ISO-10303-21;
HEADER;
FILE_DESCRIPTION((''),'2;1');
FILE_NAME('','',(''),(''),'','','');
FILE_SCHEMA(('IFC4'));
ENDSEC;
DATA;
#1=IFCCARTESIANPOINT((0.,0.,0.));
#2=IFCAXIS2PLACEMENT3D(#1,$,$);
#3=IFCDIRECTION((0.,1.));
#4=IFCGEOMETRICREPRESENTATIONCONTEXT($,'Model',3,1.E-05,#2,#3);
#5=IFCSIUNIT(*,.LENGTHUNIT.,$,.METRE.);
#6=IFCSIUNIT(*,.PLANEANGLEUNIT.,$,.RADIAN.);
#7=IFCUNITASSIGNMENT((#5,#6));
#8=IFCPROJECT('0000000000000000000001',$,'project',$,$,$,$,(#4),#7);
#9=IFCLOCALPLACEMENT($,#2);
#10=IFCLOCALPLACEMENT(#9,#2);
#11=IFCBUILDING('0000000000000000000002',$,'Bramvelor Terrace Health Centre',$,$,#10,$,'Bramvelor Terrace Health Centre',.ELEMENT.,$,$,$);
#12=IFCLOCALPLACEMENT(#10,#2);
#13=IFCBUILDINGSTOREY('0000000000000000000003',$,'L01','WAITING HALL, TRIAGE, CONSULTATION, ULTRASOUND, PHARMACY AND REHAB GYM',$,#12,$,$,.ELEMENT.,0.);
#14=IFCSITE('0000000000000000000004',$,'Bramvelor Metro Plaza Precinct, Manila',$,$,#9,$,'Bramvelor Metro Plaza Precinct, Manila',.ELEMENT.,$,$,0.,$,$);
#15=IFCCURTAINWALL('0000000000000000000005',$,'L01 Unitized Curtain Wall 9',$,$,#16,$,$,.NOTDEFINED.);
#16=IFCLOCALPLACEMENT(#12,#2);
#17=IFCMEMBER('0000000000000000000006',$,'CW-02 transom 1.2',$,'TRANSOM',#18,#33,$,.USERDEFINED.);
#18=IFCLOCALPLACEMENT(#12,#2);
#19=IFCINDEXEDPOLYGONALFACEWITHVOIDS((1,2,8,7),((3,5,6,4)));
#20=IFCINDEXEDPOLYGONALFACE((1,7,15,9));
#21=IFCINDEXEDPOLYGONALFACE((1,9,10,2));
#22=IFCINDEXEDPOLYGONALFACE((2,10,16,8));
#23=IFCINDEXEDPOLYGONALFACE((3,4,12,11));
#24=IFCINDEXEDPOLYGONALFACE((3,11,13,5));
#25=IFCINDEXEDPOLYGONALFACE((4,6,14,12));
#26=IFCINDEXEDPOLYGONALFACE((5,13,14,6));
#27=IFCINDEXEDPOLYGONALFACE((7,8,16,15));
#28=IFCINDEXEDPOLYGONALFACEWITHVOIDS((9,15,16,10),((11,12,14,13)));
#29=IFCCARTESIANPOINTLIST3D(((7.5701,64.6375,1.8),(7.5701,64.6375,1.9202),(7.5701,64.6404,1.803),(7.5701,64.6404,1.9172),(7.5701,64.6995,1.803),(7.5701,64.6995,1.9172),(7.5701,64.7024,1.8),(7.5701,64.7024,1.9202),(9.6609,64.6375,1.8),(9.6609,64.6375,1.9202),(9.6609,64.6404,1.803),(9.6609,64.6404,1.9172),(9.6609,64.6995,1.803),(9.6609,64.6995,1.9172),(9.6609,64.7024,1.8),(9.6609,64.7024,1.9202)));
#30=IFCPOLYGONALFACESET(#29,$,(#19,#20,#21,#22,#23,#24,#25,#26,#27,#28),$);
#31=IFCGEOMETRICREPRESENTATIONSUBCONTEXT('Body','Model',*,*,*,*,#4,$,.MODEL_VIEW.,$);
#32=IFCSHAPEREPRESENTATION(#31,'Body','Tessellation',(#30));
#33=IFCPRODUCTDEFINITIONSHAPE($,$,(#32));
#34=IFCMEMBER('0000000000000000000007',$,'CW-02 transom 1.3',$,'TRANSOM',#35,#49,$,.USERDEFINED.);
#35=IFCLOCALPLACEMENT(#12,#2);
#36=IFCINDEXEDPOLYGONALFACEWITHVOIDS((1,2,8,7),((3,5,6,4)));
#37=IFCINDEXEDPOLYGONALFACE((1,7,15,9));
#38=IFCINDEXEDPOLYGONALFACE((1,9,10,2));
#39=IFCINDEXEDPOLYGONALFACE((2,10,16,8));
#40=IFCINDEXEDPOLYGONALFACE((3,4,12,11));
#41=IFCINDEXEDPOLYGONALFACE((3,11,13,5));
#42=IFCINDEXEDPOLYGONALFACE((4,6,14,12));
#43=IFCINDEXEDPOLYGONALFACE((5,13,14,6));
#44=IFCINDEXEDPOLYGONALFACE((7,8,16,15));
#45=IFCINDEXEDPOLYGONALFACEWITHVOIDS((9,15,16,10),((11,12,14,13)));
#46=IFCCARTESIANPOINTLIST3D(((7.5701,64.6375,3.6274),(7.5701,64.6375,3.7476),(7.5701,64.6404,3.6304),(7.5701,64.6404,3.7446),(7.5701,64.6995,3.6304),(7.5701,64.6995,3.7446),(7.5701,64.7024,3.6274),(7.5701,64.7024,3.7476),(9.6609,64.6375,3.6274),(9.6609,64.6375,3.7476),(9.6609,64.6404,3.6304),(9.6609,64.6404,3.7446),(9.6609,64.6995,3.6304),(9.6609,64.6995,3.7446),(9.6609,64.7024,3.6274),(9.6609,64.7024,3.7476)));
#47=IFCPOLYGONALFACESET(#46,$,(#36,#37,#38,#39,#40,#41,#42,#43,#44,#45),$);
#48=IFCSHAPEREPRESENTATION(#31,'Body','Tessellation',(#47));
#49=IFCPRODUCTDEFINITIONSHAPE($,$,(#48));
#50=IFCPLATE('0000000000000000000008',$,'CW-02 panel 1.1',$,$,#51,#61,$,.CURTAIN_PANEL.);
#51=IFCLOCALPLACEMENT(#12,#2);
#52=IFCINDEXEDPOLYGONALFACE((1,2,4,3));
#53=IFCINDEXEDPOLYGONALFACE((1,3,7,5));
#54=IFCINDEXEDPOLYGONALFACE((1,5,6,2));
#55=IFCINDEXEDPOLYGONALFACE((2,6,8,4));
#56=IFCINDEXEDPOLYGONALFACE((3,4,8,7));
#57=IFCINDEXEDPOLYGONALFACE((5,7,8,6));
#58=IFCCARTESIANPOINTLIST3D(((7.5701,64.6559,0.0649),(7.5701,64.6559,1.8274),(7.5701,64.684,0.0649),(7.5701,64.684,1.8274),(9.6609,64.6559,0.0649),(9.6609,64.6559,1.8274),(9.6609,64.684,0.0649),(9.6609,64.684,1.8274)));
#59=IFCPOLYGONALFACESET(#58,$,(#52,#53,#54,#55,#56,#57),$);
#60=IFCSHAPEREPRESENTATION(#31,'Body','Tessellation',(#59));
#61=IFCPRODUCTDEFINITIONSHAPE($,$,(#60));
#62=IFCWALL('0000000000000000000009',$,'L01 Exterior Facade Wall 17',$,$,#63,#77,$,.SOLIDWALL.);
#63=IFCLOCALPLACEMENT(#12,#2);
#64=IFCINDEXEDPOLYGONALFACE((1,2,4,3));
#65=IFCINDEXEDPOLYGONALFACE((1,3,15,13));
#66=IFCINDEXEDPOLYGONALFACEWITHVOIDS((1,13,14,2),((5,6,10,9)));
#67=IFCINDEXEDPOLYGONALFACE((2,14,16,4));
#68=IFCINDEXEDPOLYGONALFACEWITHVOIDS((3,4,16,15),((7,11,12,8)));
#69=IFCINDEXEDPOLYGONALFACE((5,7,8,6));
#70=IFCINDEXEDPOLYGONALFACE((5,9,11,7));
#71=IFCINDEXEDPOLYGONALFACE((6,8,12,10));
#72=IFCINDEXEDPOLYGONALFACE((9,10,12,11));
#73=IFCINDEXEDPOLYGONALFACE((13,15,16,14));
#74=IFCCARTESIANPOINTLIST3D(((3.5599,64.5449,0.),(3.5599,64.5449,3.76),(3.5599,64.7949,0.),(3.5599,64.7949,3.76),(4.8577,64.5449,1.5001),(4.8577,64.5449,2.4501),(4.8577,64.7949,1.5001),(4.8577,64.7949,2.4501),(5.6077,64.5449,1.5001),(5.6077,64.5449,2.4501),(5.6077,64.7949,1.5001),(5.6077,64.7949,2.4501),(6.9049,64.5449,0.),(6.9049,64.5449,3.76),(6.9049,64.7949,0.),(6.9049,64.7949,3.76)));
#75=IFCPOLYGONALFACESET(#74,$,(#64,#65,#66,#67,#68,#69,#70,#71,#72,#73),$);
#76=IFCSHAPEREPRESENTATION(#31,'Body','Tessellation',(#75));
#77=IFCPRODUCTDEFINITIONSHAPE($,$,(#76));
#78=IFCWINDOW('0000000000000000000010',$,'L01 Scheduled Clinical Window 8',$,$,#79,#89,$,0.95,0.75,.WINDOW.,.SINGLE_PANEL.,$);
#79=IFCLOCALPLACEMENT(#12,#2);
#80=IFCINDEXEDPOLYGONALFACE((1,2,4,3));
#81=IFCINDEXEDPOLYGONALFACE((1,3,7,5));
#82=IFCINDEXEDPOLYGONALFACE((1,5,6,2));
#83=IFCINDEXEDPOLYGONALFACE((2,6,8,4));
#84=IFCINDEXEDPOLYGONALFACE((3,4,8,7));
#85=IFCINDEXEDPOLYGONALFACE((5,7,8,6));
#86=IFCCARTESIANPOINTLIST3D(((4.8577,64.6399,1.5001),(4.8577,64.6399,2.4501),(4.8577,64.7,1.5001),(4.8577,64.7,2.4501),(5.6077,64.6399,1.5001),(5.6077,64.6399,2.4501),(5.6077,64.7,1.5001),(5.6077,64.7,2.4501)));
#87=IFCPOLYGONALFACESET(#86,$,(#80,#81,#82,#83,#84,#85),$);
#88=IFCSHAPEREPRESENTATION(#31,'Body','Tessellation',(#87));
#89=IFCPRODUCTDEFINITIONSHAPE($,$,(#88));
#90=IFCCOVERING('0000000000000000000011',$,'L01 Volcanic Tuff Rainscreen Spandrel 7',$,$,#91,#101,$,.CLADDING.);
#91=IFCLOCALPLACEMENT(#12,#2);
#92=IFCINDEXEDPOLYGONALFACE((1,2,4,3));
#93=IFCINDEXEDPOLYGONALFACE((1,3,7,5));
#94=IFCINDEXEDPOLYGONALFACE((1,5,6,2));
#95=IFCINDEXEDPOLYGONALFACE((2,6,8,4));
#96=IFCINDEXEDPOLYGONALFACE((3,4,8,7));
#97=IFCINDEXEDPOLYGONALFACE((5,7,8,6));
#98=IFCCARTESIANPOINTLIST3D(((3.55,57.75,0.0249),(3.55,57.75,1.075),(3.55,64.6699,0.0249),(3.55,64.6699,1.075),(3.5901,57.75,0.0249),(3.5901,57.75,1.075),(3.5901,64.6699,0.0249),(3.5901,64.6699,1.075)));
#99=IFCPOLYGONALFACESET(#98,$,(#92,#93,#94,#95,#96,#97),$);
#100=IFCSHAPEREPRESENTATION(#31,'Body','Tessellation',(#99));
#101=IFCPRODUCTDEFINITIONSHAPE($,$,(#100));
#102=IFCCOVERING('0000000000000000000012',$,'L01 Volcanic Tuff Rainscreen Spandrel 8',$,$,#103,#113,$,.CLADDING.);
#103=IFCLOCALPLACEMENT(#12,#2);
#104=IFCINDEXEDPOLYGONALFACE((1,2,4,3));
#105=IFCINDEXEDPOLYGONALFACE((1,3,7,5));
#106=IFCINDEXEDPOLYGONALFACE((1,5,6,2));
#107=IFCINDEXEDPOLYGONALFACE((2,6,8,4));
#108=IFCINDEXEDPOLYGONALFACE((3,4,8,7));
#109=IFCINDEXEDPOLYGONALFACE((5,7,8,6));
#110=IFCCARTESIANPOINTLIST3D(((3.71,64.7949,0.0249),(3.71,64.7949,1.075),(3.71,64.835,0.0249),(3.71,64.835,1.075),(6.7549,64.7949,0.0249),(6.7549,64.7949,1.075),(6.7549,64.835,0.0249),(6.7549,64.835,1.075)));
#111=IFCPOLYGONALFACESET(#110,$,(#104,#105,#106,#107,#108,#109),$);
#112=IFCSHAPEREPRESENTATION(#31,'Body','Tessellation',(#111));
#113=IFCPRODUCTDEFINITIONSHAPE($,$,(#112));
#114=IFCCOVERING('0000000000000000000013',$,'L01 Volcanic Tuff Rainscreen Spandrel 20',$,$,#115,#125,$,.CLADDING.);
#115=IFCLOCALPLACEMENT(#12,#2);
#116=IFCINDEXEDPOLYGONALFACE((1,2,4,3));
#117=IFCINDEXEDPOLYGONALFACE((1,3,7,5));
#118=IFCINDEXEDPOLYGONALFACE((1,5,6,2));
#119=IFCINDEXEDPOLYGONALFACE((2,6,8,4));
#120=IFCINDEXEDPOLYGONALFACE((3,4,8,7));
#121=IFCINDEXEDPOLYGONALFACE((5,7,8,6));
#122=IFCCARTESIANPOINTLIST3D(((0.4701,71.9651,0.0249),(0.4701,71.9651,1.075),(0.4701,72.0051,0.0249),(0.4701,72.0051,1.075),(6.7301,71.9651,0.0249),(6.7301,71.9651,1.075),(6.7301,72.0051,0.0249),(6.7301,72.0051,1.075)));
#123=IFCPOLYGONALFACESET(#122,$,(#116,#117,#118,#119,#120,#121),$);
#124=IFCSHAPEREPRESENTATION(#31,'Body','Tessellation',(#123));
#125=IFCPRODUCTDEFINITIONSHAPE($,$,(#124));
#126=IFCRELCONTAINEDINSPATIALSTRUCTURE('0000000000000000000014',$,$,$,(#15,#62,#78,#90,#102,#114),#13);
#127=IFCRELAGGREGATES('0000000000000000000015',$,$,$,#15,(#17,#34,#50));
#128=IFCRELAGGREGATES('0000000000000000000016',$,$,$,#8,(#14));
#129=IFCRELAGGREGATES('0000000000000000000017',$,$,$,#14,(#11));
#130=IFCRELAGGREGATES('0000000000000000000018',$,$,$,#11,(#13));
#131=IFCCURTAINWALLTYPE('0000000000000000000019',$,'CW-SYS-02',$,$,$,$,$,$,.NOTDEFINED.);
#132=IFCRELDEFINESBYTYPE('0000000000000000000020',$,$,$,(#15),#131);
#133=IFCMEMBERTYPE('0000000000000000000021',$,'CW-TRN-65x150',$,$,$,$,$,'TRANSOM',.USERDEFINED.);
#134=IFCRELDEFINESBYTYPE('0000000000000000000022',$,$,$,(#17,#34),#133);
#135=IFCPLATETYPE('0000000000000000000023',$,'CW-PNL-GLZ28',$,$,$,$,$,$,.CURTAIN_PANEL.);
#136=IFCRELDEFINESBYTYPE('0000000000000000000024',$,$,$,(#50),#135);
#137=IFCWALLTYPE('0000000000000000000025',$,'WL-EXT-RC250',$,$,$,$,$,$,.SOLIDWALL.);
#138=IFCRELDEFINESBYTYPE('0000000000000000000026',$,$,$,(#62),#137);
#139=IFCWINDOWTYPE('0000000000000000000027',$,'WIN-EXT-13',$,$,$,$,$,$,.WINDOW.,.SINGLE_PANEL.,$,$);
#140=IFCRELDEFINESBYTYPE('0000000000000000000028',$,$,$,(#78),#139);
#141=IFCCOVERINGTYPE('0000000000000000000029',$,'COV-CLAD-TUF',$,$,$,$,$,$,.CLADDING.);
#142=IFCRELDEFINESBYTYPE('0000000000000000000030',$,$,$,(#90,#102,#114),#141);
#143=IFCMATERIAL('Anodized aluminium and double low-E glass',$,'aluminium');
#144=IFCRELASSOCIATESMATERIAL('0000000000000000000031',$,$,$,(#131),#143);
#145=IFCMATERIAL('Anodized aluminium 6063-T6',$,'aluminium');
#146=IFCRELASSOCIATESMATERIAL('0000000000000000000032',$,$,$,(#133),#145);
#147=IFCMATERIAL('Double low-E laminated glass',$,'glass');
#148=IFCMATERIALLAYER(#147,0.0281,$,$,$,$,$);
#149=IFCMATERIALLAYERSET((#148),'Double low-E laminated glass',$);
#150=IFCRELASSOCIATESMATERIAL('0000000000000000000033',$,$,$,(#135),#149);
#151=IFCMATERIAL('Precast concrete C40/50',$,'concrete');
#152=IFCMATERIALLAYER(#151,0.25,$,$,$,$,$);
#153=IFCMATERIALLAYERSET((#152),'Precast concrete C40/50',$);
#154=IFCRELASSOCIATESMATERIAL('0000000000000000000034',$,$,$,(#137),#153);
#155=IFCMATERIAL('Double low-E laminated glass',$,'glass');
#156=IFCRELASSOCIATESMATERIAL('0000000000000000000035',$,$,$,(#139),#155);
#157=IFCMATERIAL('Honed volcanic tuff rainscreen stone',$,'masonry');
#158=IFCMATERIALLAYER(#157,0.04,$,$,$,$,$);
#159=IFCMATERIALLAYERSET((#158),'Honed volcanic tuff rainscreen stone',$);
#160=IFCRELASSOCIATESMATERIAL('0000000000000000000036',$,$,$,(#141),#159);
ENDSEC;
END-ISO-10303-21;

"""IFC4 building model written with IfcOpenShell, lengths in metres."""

from ifc_helpers import new_model, si_unit, direction, frame, frame_2d, origin, origin_2d, place, context, subcontext, project, spatial, rectangle, hollow_rectangle, extrude, material, layer, layer_set, material_profile, profile_set, type_object, element, fill, aggregate, save


model = new_model("IFC4")

# Units and contexts
model_context = context("Model", 3, precision=1e-05, world=origin(), true_north=direction((0.0, 1.0)))
body_context = subcontext(model_context, "Body", "Model", "MODEL_VIEW")
ifc_project = project(units=[si_unit("LENGTHUNIT", "METRE"), si_unit("PLANEANGLEUNIT", "RADIAN")], contexts=[model_context])

# Site, building, storey
site_placement = place(None, origin())
site = spatial("IfcSite", under=ifc_project, at=site_placement, Name="Bramvelor Metro Plaza Precinct, Manila", LongName="Bramvelor Metro Plaza Precinct, Manila", CompositionType="ELEMENT", RefElevation=0.0)
building_placement = place(site_placement, origin())
building = spatial("IfcBuilding", under=site, at=building_placement, Name="Bramvelor Terrace Health Centre", LongName="Bramvelor Terrace Health Centre", CompositionType="ELEMENT")
storey_placement = place(building_placement, origin())
storey = spatial("IfcBuildingStorey", under=building, at=storey_placement, Name="L01", Description="WAITING HALL, TRIAGE, CONSULTATION, ULTRASOUND, PHARMACY AND REHAB GYM", CompositionType="ELEMENT", Elevation=0.0)

# Curtain wall, members, plate
ifc_material_1 = material(Name="Anodized aluminium and double low-E glass", Category="aluminium")
curtain_wall_type = type_object("IfcCurtainWallType", Name="CW-SYS-02", PredefinedType="NOTDEFINED", material=ifc_material_1)
curtain_wall_placement = place(storey_placement, origin())
curtain_wall = element("IfcCurtainWall", 1, at=curtain_wall_placement, inside=storey, type_object=curtain_wall_type, Name="L01 Unitized Curtain Wall 9", PredefinedType="NOTDEFINED")
ifc_material_2 = material(Name="Anodized aluminium 6063-T6", Category="aluminium")
ifc_material_profile_1 = material_profile(ifc_material_2, hollow_rectangle(XDim=0.0649, YDim=0.1201, WallThickness=0.0029, at=origin_2d()), Name="ALU-TRN 65x120x3.0")
ifc_profile_set_1 = profile_set([ifc_material_profile_1], Name="Anodized aluminium 6063-T6")
member_type_1 = type_object("IfcMemberType", Name="CW-TRN-65x150", ElementType="TRANSOM", PredefinedType="USERDEFINED", material=ifc_profile_set_1)
member_1_placement = place(storey_placement, frame((7.5701, 64.6699, 1.8601), z_axis=(1.0, 0.0, 0.0), x_axis=(0.0, 1.0, 0.0)))
member_1 = element("IfcMember", 2, at=member_1_placement, type_object=member_type_1, Name="CW-02 transom 1.2", ObjectType="TRANSOM", PredefinedType="USERDEFINED", context=body_context, shape_type="SweptSolid", body=[
    extrude(hollow_rectangle(XDim=0.0649, YDim=0.1201, WallThickness=0.0029, at=origin_2d()), origin(), (0.0, 0.0, 1.0), 2.0908),
])
member_2_placement = place(storey_placement, frame((7.5701, 64.6699, 3.6875), z_axis=(1.0, 0.0, 0.0), x_axis=(0.0, 1.0, 0.0)))
member_2 = element("IfcMember", 3, at=member_2_placement, type_object=member_type_1, Name="CW-02 transom 1.3", ObjectType="TRANSOM", PredefinedType="USERDEFINED", context=body_context, shape_type="SweptSolid", body=[
    extrude(hollow_rectangle(XDim=0.0649, YDim=0.1201, WallThickness=0.0029, at=origin_2d()), origin(), (0.0, 0.0, 1.0), 2.0908),
])
ifc_material_3 = material(Name="Double low-E laminated glass", Category="glass")
ifc_layer_1 = layer(ifc_material_3, 0.0281)
ifc_layer_set_1 = layer_set([ifc_layer_1], Name="Double low-E laminated glass")
plate_type = type_object("IfcPlateType", Name="CW-PNL-GLZ28", PredefinedType="CURTAIN_PANEL", material=ifc_layer_set_1)
plate_placement = place(storey_placement, frame((8.6155, 64.6699, 0.0649), z_axis=(0.0, 0.0, 1.0), x_axis=(1.0, 0.0, 0.0)))
plate = element("IfcPlate", 4, at=plate_placement, type_object=plate_type, Name="CW-02 panel 1.1", PredefinedType="CURTAIN_PANEL", context=body_context, shape_type="SweptSolid", body=[
    extrude(rectangle(XDim=2.0908, YDim=0.0281, at=origin_2d()), origin(), (0.0, 0.0, 1.0), 1.7625),
])
aggregate(curtain_wall, [member_1, member_2, plate])

# Wall, opening, window
ifc_material_4 = material(Name="Precast concrete C40/50", Category="concrete")
ifc_layer_2 = layer(ifc_material_4, 0.25)
ifc_layer_set_2 = layer_set([ifc_layer_2], Name="Precast concrete C40/50")
wall_type = type_object("IfcWallType", Name="WL-EXT-RC250", PredefinedType="SOLIDWALL", material=ifc_layer_set_2)
wall_placement = place(storey_placement, frame((3.5601, 64.6699, 0.0), z_axis=(0.0, 0.0, 1.0), x_axis=(1.0, 0.0, 0.0)))
wall = element("IfcWall", 5, at=wall_placement, inside=storey, type_object=wall_type, Name="L01 Exterior Facade Wall 17", PredefinedType="SOLIDWALL", context=body_context, shape_type="SweptSolid", body=[
    extrude(rectangle(XDim=3.345, YDim=0.25, at=frame_2d((1.6724, 0.0))), origin(), (0.0, 0.0, 1.0), 3.76),
])
opening_placement = place(wall_placement, frame((1.2976, 0.0, 1.5)))
opening = element("IfcOpeningElement", 6, at=opening_placement, cuts=wall, PredefinedType="OPENING", context=body_context, shape_type="SweptSolid", body=[
    extrude(rectangle(XDim=0.75, YDim=0.95, at=frame_2d((0.375, 0.4751))), frame((0.0, 0.135, 0.0), z_axis=(0.0, -1.0, 0.0), x_axis=(1.0, 0.0, 0.0)), (0.0, 0.0, 1.0), 0.27),
])
ifc_material_5 = material(Name="Double low-E laminated glass", Category="glass")
window_type = type_object("IfcWindowType", Name="WIN-EXT-13", PartitioningType="SINGLE_PANEL", PredefinedType="WINDOW", material=ifc_material_5)
window_placement = place(opening_placement, origin())
window = element("IfcWindow", 7, at=window_placement, inside=storey, type_object=window_type, Name="L01 Scheduled Clinical Window 8", OverallHeight=0.95, OverallWidth=0.75, PartitioningType="SINGLE_PANEL", PredefinedType="WINDOW", context=body_context, shape_type="SweptSolid", body=[
    extrude(rectangle(XDim=0.75, YDim=0.95, at=frame_2d((0.375, 0.4751))), frame((0.0, 0.03, 0.0), z_axis=(0.0, -1.0, 0.0), x_axis=(1.0, 0.0, 0.0)), (0.0, 0.0, 1.0), 0.0601),
])
fill(opening, window)

# Coverings
ifc_material_6 = material(Name="Honed volcanic tuff rainscreen stone", Category="masonry")
ifc_layer_3 = layer(ifc_material_6, 0.04)
ifc_layer_set_3 = layer_set([ifc_layer_3], Name="Honed volcanic tuff rainscreen stone")
covering_type = type_object("IfcCoveringType", Name="COV-CLAD-TUF", PredefinedType="CLADDING", material=ifc_layer_set_3)
covering_1_placement = place(storey_placement, frame((3.5701, 61.21, 0.0249), z_axis=(0.0, 0.0, 1.0), x_axis=(1.0, 0.0, 0.0)))
element("IfcCovering", 8, at=covering_1_placement, inside=storey, type_object=covering_type, Name="L01 Volcanic Tuff Rainscreen Spandrel 7", PredefinedType="CLADDING", context=body_context, shape_type="SweptSolid", body=[
    extrude(rectangle(XDim=0.04, YDim=6.9199, at=origin_2d()), origin(), (0.0, 0.0, 1.0), 1.05),
])
covering_2_placement = place(storey_placement, frame((5.2324, 64.8149, 0.0249), z_axis=(0.0, 0.0, 1.0), x_axis=(1.0, 0.0, 0.0)))
element("IfcCovering", 9, at=covering_2_placement, inside=storey, type_object=covering_type, Name="L01 Volcanic Tuff Rainscreen Spandrel 8", PredefinedType="CLADDING", context=body_context, shape_type="SweptSolid", body=[
    extrude(rectangle(XDim=3.0449, YDim=0.04, at=origin_2d()), origin(), (0.0, 0.0, 1.0), 1.05),
])
covering_3_placement = place(storey_placement, frame((3.6001, 71.9851, 0.0249), z_axis=(0.0, 0.0, 1.0), x_axis=(1.0, 0.0, 0.0)))
element("IfcCovering", 10, at=covering_3_placement, inside=storey, type_object=covering_type, Name="L01 Volcanic Tuff Rainscreen Spandrel 20", PredefinedType="CLADDING", context=body_context, shape_type="SweptSolid", body=[
    extrude(rectangle(XDim=6.26, YDim=0.04, at=origin_2d()), origin(), (0.0, 0.0, 1.0), 1.05),
])

save(model, "model.ifc")
